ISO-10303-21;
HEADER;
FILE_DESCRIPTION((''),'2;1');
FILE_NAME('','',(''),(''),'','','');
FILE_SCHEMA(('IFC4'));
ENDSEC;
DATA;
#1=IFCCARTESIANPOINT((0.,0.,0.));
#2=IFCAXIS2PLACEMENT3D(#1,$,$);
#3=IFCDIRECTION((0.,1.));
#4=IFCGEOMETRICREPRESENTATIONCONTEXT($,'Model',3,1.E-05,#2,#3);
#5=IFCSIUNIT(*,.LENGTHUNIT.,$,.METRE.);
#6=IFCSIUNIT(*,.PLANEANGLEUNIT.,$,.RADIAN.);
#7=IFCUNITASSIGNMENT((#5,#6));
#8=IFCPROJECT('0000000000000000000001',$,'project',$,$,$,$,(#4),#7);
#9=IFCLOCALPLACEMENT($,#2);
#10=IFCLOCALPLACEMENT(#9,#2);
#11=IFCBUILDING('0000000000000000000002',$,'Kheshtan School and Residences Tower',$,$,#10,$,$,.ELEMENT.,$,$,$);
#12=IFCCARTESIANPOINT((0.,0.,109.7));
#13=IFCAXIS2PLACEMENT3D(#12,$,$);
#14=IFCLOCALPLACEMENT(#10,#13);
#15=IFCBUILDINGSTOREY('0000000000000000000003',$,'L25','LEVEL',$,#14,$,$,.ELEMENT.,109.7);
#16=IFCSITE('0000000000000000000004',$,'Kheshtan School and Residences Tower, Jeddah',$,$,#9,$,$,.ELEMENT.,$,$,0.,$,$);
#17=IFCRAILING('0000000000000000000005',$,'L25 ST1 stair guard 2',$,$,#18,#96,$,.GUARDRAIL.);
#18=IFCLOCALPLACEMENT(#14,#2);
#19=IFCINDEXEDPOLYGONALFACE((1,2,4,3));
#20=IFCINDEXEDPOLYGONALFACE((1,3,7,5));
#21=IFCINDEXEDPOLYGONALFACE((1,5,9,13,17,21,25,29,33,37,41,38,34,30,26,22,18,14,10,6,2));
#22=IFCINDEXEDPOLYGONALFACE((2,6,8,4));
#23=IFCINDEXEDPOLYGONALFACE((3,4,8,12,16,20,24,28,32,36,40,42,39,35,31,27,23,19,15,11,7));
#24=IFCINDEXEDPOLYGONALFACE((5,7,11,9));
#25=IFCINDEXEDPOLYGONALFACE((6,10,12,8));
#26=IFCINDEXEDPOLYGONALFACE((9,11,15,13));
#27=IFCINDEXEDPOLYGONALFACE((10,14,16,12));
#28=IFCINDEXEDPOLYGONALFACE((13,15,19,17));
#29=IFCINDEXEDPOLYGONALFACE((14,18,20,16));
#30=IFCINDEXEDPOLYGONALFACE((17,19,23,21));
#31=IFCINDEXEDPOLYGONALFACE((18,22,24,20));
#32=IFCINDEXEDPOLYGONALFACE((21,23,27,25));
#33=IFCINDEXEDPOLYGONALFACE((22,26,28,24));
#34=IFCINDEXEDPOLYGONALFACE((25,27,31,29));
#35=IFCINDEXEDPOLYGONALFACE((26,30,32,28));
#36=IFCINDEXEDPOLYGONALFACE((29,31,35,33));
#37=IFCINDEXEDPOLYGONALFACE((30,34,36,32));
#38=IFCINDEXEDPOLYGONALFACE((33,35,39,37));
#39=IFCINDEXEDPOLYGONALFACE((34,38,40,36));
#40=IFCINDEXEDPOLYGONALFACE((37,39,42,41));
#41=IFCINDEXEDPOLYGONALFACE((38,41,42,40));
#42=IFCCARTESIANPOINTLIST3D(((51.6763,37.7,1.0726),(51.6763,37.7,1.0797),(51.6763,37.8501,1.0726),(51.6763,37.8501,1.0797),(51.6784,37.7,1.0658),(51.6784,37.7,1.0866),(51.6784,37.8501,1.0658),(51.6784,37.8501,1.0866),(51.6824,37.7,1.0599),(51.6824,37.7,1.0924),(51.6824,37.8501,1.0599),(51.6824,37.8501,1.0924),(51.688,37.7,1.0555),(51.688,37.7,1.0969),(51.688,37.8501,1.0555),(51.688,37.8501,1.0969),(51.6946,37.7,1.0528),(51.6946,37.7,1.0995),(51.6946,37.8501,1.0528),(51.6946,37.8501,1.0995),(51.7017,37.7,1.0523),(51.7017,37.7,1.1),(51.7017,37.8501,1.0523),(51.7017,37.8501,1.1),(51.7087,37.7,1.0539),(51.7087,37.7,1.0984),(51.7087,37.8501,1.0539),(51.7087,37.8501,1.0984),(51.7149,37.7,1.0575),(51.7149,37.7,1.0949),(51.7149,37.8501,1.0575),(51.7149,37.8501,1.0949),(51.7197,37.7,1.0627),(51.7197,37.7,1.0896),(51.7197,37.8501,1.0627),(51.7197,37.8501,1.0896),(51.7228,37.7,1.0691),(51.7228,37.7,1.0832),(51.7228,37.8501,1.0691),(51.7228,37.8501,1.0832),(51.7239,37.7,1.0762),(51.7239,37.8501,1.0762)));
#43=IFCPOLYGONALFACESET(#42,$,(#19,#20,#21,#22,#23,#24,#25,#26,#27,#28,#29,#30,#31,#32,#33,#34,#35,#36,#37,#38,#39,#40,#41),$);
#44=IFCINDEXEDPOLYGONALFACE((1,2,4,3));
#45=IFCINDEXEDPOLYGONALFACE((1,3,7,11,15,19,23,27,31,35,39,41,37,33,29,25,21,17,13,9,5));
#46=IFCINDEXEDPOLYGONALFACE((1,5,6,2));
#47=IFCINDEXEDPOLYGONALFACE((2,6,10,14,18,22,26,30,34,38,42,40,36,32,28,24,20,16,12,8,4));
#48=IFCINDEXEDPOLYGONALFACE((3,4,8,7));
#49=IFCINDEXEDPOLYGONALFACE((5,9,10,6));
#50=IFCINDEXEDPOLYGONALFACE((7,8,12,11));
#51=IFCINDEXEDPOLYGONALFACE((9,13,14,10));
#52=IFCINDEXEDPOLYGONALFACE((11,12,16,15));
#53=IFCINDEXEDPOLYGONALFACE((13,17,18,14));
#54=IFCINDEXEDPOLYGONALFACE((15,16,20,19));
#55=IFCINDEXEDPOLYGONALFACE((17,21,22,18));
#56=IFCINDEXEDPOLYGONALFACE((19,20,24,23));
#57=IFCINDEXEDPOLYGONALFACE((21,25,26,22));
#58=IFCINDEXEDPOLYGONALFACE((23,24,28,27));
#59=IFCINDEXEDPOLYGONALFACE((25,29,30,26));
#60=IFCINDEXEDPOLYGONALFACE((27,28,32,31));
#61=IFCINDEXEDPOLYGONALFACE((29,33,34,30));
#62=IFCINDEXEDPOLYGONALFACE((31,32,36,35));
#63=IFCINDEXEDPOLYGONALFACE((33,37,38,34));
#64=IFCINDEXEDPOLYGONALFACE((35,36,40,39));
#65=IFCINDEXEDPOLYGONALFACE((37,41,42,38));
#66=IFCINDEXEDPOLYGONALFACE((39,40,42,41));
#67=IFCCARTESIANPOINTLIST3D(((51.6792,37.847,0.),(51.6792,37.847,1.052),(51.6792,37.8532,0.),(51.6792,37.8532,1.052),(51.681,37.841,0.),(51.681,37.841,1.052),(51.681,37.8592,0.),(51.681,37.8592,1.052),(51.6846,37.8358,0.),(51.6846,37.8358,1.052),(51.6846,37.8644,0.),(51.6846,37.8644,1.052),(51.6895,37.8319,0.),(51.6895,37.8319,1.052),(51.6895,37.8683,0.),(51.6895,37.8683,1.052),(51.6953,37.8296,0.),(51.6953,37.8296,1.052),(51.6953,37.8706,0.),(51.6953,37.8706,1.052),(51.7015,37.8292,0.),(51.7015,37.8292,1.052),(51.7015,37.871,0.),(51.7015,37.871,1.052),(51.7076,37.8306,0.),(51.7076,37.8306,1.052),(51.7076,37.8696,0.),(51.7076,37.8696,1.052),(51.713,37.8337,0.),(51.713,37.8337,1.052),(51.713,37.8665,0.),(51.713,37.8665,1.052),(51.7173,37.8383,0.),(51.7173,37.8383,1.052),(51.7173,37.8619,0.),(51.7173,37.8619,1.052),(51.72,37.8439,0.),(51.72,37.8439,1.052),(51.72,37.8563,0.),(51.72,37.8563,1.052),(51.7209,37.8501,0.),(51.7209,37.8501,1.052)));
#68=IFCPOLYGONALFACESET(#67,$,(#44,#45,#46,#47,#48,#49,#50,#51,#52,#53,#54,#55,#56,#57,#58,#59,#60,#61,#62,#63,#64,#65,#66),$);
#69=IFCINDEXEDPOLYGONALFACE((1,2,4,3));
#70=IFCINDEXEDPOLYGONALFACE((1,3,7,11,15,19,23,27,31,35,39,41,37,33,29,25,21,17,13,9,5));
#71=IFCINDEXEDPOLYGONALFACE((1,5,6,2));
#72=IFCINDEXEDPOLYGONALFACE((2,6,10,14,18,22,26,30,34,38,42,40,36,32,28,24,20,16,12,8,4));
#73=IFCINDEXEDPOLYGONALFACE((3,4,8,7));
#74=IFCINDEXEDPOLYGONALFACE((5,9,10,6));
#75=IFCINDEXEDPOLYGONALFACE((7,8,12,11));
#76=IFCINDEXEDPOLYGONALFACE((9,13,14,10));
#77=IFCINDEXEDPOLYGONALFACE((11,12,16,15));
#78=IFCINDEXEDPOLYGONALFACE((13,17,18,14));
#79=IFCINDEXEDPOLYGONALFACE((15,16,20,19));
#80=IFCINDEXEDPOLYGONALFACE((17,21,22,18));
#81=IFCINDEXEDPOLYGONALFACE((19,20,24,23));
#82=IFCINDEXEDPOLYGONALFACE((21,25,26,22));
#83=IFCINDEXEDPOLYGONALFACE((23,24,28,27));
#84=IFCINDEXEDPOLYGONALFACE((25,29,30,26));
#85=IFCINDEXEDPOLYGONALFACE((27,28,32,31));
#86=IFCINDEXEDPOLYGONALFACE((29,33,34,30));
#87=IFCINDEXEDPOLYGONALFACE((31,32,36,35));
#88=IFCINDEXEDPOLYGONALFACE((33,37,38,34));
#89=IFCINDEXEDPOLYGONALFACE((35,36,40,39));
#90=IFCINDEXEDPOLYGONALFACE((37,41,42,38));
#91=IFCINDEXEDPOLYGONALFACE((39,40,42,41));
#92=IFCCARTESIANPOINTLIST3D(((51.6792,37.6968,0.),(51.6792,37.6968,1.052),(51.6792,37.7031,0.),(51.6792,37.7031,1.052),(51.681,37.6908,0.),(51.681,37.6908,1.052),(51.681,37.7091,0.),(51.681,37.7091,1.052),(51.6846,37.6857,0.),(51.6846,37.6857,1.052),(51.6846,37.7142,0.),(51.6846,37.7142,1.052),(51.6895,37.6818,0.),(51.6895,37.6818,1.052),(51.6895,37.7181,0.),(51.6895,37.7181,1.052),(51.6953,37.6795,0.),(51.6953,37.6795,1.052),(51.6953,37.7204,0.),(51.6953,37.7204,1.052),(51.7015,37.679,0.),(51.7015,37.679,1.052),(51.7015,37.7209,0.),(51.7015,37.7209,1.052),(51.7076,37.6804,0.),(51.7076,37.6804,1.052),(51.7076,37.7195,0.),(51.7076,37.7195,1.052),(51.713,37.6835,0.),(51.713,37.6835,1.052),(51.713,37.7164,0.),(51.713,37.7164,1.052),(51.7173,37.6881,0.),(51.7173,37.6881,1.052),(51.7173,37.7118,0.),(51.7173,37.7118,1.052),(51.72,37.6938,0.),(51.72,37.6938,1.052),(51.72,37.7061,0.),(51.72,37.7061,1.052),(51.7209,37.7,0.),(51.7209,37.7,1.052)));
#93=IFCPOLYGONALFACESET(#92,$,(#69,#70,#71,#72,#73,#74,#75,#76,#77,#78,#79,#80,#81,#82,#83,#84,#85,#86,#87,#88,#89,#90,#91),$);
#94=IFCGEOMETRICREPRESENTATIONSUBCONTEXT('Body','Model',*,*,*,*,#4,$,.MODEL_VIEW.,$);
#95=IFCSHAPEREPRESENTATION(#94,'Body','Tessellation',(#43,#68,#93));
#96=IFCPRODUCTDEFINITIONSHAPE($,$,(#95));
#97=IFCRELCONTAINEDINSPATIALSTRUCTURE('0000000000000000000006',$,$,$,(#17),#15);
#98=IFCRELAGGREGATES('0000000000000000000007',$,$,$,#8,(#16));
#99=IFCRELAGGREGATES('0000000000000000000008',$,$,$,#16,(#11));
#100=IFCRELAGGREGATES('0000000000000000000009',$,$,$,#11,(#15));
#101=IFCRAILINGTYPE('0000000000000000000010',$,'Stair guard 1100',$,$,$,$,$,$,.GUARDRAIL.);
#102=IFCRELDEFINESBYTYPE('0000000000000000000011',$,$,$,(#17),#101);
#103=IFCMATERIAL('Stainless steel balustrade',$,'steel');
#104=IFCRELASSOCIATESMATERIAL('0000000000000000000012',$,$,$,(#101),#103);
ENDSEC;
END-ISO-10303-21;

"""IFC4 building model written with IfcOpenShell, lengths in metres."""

from ifc_helpers import new_model, si_unit, direction, frame, origin, origin_2d, place, context, subcontext, project, spatial, circle, extrude, material, type_object, element, save


model = new_model("IFC4")

# Units and contexts
model_context = context("Model", 3, precision=1e-05, world=origin(), true_north=direction((0.0, 1.0)))
body_context = subcontext(model_context, "Body", "Model", "MODEL_VIEW")
ifc_project = project(units=[si_unit("LENGTHUNIT", "METRE"), si_unit("PLANEANGLEUNIT", "RADIAN")], contexts=[model_context])

# Site, building, storey
site_placement = place(None, origin())
site = spatial("IfcSite", under=ifc_project, at=site_placement, Name="Kheshtan School and Residences Tower, Jeddah", CompositionType="ELEMENT", RefElevation=0.0)
building_placement = place(site_placement, origin())
building = spatial("IfcBuilding", under=site, at=building_placement, Name="Kheshtan School and Residences Tower", CompositionType="ELEMENT")
storey_placement = place(building_placement, frame((0.0, 0.0, 109.7)))
storey = spatial("IfcBuildingStorey", under=building, at=storey_placement, Name="L25", Description="LEVEL", CompositionType="ELEMENT", Elevation=109.7)

# Railing
ifc_material_1 = material(Name="Stainless steel balustrade", Category="steel")
railing_type_1 = type_object("IfcRailingType", Name="Stair guard 1100", PredefinedType="GUARDRAIL", material=ifc_material_1)
railing_1_placement = place(storey_placement, frame((51.7, 37.8501, 0.0)))
element("IfcRailing", 1, at=railing_1_placement, inside=storey, type_object=railing_type_1, Name="L25 ST1 stair guard 2", PredefinedType="GUARDRAIL", context=body_context, shape_type="SweptSolid", body=[
    extrude(circle(Radius=0.0239, at=origin_2d()), frame((0.0, 0.0, 1.0762), z_axis=(0.0, -1.0, 0.0), x_axis=(1.0, 0.0, 0.0)), (0.0, 0.0, 1.0), 0.1501),
    extrude(circle(Radius=0.021, at=origin_2d()), origin(), (0.0, 0.0, 1.0), 1.052),
    extrude(circle(Radius=0.021, at=origin_2d()), frame((0.0, -0.1501, 0.0)), (0.0, 0.0, 1.0), 1.052),
])

save(model, "model.ifc")
